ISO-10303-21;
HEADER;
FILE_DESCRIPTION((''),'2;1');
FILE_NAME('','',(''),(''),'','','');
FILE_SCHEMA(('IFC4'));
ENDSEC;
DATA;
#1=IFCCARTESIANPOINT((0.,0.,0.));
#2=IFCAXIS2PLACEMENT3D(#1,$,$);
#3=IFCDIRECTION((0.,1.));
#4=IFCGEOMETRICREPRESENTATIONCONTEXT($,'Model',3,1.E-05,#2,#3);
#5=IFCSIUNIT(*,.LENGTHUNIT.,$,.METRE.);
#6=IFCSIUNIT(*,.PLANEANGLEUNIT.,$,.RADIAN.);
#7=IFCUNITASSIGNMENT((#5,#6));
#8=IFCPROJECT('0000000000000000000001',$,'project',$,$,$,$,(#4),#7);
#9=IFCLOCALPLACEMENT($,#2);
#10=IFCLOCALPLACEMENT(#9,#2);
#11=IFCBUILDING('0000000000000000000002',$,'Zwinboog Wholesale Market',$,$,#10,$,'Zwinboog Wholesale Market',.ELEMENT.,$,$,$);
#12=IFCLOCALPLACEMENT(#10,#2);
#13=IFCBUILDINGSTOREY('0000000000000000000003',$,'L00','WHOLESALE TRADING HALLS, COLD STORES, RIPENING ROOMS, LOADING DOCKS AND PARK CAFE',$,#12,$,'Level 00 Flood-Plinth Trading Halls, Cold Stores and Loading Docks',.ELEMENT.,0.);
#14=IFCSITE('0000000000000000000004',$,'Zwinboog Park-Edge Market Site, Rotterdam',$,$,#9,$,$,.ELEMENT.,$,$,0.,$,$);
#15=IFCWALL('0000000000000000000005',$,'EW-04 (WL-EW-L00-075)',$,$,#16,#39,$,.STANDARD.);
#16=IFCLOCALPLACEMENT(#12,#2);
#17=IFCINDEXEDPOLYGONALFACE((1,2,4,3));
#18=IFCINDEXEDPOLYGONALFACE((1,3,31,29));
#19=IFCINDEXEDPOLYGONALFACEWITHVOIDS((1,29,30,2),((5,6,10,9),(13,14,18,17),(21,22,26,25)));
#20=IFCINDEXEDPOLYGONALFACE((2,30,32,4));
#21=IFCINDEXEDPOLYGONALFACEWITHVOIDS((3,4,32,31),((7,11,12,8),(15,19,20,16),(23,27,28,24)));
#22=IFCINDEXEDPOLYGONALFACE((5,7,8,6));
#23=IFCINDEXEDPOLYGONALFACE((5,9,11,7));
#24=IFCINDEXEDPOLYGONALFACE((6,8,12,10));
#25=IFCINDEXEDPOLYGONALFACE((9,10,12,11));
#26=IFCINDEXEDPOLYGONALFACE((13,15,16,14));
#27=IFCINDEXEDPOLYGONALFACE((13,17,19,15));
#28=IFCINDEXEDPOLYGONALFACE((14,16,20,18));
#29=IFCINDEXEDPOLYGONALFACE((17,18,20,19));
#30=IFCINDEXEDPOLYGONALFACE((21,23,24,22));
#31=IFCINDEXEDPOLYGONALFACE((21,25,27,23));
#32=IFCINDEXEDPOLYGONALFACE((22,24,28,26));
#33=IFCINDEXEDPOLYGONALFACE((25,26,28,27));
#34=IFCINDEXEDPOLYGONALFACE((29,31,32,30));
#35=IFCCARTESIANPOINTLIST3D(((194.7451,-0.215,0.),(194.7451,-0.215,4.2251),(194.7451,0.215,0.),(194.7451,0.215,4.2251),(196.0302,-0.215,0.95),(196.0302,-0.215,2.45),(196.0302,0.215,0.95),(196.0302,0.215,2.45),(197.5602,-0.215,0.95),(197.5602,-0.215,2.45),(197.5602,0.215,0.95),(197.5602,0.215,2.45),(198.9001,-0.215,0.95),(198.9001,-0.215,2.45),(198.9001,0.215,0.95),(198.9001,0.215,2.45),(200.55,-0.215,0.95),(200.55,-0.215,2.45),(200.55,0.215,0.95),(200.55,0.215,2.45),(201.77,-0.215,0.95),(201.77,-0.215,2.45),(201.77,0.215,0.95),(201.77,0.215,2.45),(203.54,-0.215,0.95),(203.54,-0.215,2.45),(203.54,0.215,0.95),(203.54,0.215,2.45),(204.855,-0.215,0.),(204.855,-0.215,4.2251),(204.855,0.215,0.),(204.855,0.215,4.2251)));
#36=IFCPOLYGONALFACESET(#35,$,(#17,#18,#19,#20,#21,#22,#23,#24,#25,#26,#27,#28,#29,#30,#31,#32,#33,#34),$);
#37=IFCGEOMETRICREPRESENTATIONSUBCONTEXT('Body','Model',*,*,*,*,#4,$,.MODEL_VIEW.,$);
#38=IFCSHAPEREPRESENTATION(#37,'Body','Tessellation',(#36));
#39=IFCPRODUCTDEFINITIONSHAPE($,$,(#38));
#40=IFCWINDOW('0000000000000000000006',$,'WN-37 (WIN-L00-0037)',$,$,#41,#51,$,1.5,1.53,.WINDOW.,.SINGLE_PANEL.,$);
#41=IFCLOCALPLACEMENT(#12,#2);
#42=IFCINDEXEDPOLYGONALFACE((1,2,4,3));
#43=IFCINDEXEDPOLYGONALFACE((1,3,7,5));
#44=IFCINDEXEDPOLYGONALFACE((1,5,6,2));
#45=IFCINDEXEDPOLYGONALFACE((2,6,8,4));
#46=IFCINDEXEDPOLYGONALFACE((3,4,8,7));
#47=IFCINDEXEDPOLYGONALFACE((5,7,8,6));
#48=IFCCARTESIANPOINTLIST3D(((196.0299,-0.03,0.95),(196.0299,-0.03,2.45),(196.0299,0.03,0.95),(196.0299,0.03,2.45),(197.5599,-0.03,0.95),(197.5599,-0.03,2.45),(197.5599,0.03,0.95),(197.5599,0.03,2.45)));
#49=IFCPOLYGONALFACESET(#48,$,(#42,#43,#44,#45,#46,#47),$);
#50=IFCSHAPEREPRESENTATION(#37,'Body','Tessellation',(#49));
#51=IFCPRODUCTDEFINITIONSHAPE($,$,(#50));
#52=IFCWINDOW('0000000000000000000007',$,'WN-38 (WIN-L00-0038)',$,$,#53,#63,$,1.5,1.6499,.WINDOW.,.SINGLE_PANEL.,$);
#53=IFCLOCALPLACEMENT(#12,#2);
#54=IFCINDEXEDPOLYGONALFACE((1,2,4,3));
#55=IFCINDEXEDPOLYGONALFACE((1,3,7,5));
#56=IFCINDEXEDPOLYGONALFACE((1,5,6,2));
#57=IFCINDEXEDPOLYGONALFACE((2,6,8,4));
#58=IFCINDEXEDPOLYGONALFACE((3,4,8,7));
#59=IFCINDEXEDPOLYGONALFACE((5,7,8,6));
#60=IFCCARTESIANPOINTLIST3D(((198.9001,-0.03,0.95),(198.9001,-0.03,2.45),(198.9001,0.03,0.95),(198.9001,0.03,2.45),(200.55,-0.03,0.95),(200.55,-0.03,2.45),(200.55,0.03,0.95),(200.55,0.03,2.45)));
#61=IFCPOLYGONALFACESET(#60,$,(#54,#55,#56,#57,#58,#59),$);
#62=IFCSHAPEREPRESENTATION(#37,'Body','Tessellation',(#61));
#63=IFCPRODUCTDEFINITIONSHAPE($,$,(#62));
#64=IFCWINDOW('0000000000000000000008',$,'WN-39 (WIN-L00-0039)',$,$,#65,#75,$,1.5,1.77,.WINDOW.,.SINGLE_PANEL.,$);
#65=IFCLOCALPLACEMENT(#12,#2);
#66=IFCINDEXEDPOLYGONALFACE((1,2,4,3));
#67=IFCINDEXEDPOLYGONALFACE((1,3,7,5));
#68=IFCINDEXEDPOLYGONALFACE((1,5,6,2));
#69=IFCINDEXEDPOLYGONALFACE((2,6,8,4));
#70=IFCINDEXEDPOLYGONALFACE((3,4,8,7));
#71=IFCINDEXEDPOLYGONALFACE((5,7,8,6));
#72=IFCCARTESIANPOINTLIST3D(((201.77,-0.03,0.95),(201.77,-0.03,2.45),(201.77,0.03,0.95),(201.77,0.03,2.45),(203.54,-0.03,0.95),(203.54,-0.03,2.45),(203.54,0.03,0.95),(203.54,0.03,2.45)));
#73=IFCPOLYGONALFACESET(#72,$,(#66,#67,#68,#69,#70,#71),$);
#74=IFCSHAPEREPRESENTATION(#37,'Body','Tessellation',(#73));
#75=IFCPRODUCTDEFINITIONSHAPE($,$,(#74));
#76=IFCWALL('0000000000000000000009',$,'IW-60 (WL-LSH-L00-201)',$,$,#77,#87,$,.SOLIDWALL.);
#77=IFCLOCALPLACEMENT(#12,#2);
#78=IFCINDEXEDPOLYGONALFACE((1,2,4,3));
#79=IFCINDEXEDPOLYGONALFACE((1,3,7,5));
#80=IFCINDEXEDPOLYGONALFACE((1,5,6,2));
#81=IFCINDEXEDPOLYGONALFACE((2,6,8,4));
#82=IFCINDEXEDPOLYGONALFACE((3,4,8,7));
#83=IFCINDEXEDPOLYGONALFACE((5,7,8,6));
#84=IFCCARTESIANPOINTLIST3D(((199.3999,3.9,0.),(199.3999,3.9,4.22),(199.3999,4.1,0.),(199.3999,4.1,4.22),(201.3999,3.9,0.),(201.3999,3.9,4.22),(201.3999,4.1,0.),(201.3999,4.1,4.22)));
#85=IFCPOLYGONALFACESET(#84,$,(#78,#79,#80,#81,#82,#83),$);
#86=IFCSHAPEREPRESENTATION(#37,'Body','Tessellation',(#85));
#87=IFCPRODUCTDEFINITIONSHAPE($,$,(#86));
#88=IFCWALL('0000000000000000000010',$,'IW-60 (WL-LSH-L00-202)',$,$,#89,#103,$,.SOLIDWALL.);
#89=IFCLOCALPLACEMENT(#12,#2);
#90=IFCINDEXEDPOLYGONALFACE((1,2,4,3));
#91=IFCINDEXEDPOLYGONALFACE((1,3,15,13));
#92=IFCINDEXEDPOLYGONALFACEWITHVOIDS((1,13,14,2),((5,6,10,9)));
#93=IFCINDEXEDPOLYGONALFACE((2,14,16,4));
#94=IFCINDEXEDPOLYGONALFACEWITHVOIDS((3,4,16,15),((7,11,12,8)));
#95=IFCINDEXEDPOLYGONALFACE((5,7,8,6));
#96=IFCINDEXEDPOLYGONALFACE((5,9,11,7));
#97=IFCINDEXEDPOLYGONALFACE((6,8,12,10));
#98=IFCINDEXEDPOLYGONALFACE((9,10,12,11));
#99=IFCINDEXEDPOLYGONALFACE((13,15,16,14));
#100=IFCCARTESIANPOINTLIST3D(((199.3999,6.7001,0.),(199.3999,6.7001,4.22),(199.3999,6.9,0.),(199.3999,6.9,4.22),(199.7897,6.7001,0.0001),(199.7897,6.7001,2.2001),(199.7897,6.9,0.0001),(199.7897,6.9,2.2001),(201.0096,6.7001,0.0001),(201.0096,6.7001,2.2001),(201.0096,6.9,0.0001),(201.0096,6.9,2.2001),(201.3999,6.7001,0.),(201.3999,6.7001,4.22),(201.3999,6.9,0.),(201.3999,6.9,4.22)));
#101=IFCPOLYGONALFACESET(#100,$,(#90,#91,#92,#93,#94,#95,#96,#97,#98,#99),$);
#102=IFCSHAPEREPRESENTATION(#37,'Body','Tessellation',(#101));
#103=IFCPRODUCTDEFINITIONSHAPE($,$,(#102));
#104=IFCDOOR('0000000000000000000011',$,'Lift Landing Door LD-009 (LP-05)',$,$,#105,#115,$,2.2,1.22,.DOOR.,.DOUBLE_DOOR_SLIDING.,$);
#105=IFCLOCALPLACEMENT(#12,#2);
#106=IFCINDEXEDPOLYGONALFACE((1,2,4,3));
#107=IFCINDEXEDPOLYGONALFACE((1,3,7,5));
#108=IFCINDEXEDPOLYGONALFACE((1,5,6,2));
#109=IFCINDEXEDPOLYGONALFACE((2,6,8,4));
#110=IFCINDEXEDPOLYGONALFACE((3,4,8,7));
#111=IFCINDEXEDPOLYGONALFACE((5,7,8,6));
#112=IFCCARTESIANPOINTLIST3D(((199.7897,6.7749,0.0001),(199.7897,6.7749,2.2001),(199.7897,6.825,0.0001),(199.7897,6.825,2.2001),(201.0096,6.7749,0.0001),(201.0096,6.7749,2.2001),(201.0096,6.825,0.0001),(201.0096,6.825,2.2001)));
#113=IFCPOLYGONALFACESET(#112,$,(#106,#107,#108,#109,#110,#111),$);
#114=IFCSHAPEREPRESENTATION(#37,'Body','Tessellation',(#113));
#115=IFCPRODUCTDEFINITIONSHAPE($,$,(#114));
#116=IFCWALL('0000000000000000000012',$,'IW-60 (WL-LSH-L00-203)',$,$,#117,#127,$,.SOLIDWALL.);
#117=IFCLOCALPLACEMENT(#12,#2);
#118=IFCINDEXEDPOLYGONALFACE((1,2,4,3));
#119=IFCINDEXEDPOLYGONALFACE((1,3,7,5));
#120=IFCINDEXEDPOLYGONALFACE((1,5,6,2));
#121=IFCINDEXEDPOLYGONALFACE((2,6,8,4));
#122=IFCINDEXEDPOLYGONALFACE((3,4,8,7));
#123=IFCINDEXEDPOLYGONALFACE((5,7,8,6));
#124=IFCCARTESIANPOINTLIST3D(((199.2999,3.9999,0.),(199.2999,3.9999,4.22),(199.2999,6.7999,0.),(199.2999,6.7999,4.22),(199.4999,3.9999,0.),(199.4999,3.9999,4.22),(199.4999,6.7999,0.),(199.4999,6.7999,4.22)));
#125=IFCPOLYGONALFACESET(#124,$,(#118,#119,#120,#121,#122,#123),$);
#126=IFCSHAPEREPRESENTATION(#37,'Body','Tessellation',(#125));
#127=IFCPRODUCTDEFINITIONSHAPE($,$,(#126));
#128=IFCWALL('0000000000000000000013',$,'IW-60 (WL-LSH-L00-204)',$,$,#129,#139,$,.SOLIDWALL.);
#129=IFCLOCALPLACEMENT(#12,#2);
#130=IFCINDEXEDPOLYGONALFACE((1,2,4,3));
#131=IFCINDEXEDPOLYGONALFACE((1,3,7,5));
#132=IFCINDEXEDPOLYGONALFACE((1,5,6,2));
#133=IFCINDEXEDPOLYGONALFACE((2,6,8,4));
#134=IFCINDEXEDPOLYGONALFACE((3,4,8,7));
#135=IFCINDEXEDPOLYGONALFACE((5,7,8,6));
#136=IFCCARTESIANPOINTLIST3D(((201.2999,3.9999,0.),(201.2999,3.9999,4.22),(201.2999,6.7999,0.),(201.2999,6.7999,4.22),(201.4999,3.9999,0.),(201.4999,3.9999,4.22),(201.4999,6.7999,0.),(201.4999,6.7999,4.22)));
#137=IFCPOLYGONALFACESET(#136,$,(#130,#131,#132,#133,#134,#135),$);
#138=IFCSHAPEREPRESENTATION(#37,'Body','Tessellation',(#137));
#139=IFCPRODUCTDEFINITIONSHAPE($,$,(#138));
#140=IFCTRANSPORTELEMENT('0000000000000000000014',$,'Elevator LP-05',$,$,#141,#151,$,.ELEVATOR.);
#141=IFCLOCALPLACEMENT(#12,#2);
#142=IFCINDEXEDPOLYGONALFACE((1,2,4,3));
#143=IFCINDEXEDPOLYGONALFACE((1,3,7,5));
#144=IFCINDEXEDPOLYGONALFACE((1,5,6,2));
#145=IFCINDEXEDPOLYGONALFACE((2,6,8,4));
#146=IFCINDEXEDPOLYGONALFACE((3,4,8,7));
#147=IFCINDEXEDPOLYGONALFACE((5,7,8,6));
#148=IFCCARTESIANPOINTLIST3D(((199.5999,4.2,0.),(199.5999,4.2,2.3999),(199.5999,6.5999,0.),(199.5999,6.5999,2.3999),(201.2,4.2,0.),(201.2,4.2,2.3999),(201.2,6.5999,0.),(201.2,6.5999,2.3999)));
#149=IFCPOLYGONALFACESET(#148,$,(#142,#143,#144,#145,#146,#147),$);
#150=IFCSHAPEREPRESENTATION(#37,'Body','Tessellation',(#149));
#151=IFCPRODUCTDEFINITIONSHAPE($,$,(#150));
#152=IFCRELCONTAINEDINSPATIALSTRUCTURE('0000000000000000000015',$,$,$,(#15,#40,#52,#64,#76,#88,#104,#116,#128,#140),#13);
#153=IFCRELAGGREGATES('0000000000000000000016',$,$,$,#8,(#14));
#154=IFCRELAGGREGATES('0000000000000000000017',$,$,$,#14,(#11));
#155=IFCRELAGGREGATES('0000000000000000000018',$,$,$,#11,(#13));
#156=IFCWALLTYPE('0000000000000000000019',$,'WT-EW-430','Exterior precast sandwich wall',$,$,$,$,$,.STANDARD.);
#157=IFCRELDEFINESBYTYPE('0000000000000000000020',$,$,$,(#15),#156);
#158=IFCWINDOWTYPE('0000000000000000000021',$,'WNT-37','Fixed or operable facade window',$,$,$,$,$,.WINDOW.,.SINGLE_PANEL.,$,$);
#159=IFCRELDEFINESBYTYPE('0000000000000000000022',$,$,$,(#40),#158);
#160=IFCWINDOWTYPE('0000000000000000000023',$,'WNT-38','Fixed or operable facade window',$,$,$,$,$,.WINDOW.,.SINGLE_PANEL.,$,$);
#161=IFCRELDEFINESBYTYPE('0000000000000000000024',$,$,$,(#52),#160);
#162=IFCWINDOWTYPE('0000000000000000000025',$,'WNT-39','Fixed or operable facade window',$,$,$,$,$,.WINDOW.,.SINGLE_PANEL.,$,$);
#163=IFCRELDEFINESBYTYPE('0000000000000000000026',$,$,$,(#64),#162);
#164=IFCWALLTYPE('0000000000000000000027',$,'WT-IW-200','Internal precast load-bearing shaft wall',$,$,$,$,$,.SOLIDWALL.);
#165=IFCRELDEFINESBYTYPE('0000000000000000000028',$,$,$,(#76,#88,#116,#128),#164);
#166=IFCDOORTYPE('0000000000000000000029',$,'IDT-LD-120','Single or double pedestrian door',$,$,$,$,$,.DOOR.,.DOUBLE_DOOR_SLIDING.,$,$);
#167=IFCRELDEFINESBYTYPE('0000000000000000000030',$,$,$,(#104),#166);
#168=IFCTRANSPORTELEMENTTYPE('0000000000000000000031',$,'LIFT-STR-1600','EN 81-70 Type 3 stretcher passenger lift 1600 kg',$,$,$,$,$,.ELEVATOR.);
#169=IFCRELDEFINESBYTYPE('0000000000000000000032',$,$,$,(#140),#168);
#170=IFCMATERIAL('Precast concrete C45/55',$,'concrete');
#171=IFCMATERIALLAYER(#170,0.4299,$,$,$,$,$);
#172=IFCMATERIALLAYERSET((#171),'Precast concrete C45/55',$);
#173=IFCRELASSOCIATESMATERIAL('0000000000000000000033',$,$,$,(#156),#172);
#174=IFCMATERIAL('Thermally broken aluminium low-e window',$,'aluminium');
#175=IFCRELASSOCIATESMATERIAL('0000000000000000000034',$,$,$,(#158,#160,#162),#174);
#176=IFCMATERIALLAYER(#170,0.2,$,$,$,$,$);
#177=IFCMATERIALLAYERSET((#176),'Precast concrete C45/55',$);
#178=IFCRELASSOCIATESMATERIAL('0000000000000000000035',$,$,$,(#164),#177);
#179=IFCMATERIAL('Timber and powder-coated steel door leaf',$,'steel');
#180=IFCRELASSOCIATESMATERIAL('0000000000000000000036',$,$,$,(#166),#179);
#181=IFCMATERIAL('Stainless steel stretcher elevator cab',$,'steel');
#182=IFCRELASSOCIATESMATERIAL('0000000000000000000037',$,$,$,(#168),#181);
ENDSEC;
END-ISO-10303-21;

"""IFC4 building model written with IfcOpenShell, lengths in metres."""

from ifc_helpers import new_model, si_unit, direction, frame, frame_2d, origin, origin_2d, place, context, subcontext, project, spatial, rectangle, extrude, material, layer, layer_set, type_object, element, fill, save


model = new_model("IFC4")

# Units and contexts
model_context = context("Model", 3, precision=1e-05, world=origin(), true_north=direction((0.0, 1.0)))
body_context = subcontext(model_context, "Body", "Model", "MODEL_VIEW")
ifc_project = project(units=[si_unit("LENGTHUNIT", "METRE"), si_unit("PLANEANGLEUNIT", "RADIAN")], contexts=[model_context])

# Site, building, storey
site_placement = place(None, origin())
site = spatial("IfcSite", under=ifc_project, at=site_placement, Name="Zwinboog Park-Edge Market Site, Rotterdam", CompositionType="ELEMENT", RefElevation=0.0)
building_placement = place(site_placement, origin())
building = spatial("IfcBuilding", under=site, at=building_placement, Name="Zwinboog Wholesale Market", LongName="Zwinboog Wholesale Market", CompositionType="ELEMENT")
storey_placement = place(building_placement, origin())
storey = spatial("IfcBuildingStorey", under=building, at=storey_placement, Name="L00", Description="WHOLESALE TRADING HALLS, COLD STORES, RIPENING ROOMS, LOADING DOCKS AND PARK CAFE", LongName="Level 00 Flood-Plinth Trading Halls, Cold Stores and Loading Docks", CompositionType="ELEMENT", Elevation=0.0)

# Shared definitions
ifc_material_1 = material(Name="Precast concrete C45/55", Category="concrete")

# Wall, openings, windows
ifc_layer_1 = layer(ifc_material_1, 0.4299)
ifc_layer_set_1 = layer_set([ifc_layer_1], Name="Precast concrete C45/55")
wall_type_1 = type_object("IfcWallType", Name="WT-EW-430", Description="Exterior precast sandwich wall", PredefinedType="STANDARD", material=ifc_layer_set_1)
wall_1_placement = place(storey_placement, frame((194.7451, 0.0, 0.0), z_axis=(0.0, 0.0, 1.0), x_axis=(1.0, 0.0, 0.0)))
wall_1 = element("IfcWall", 1, at=wall_1_placement, inside=storey, type_object=wall_type_1, Name="EW-04 (WL-EW-L00-075)", PredefinedType="STANDARD", context=body_context, shape_type="SweptSolid", body=[
    extrude(rectangle(XDim=10.1099, YDim=0.4299, at=frame_2d((5.0549, 0.0))), origin(), (0.0, 0.0, 1.0), 4.2251),
])
opening_1_placement = place(wall_1_placement, frame((1.2849, 0.0, 0.95)))
opening_1 = element("IfcOpeningElement", 2, at=opening_1_placement, cuts=wall_1, PredefinedType="OPENING", context=body_context, shape_type="SweptSolid", body=[
    extrude(rectangle(XDim=1.53, YDim=1.5, at=frame_2d((0.7651, 0.75))), frame((0.0, 0.2249, 0.0), z_axis=(0.0, -1.0, 0.0), x_axis=(1.0, 0.0, 0.0)), (0.0, 0.0, 1.0), 0.45),
])
opening_2_placement = place(wall_1_placement, frame((4.155, 0.0, 0.95)))
opening_2 = element("IfcOpeningElement", 3, at=opening_2_placement, cuts=wall_1, PredefinedType="OPENING", context=body_context, shape_type="SweptSolid", body=[
    extrude(rectangle(XDim=1.6499, YDim=1.5, at=frame_2d((0.825, 0.75))), frame((0.0, 0.2249, 0.0), z_axis=(0.0, -1.0, 0.0), x_axis=(1.0, 0.0, 0.0)), (0.0, 0.0, 1.0), 0.45),
])
opening_3_placement = place(wall_1_placement, frame((7.0249, 0.0, 0.95)))
opening_3 = element("IfcOpeningElement", 4, at=opening_3_placement, cuts=wall_1, PredefinedType="OPENING", context=body_context, shape_type="SweptSolid", body=[
    extrude(rectangle(XDim=1.77, YDim=1.5, at=frame_2d((0.885, 0.75))), frame((0.0, 0.2249, 0.0), z_axis=(0.0, -1.0, 0.0), x_axis=(1.0, 0.0, 0.0)), (0.0, 0.0, 1.0), 0.45),
])
ifc_material_2 = material(Name="Thermally broken aluminium low-e window", Category="aluminium")
window_type_1 = type_object("IfcWindowType", Name="WNT-37", Description="Fixed or operable facade window", PartitioningType="SINGLE_PANEL", PredefinedType="WINDOW", material=ifc_material_2)
window_1_placement = place(opening_1_placement, frame((1.53, 0.0, 0.0), z_axis=(0.0, 0.0, 1.0), x_axis=(-1.0, 0.0, 0.0)))
window_1 = element("IfcWindow", 5, at=window_1_placement, inside=storey, type_object=window_type_1, Name="WN-37 (WIN-L00-0037)", OverallHeight=1.5, OverallWidth=1.53, PartitioningType="SINGLE_PANEL", PredefinedType="WINDOW", context=body_context, shape_type="SweptSolid", body=[
    extrude(rectangle(XDim=1.53, YDim=1.5, at=frame_2d((0.7651, 0.75))), frame((0.0, 0.03, 0.0), z_axis=(0.0, -1.0, 0.0), x_axis=(1.0, 0.0, 0.0)), (0.0, 0.0, 1.0), 0.0601),
])
fill(opening_1, window_1)
window_type_2 = type_object("IfcWindowType", Name="WNT-38", Description="Fixed or operable facade window", PartitioningType="SINGLE_PANEL", PredefinedType="WINDOW", material=ifc_material_2)
window_2_placement = place(opening_2_placement, frame((1.6499, 0.0, 0.0), z_axis=(0.0, 0.0, 1.0), x_axis=(-1.0, 0.0, 0.0)))
window_2 = element("IfcWindow", 6, at=window_2_placement, inside=storey, type_object=window_type_2, Name="WN-38 (WIN-L00-0038)", OverallHeight=1.5, OverallWidth=1.6499, PartitioningType="SINGLE_PANEL", PredefinedType="WINDOW", context=body_context, shape_type="SweptSolid", body=[
    extrude(rectangle(XDim=1.6499, YDim=1.5, at=frame_2d((0.825, 0.75))), frame((0.0, 0.03, 0.0), z_axis=(0.0, -1.0, 0.0), x_axis=(1.0, 0.0, 0.0)), (0.0, 0.0, 1.0), 0.0601),
])
fill(opening_2, window_2)
window_type_3 = type_object("IfcWindowType", Name="WNT-39", Description="Fixed or operable facade window", PartitioningType="SINGLE_PANEL", PredefinedType="WINDOW", material=ifc_material_2)
window_3_placement = place(opening_3_placement, frame((1.77, 0.0, 0.0), z_axis=(0.0, 0.0, 1.0), x_axis=(-1.0, 0.0, 0.0)))
window_3 = element("IfcWindow", 7, at=window_3_placement, inside=storey, type_object=window_type_3, Name="WN-39 (WIN-L00-0039)", OverallHeight=1.5, OverallWidth=1.77, PartitioningType="SINGLE_PANEL", PredefinedType="WINDOW", context=body_context, shape_type="SweptSolid", body=[
    extrude(rectangle(XDim=1.77, YDim=1.5, at=frame_2d((0.885, 0.75))), frame((0.0, 0.03, 0.0), z_axis=(0.0, -1.0, 0.0), x_axis=(1.0, 0.0, 0.0)), (0.0, 0.0, 1.0), 0.0601),
])
fill(opening_3, window_3)

# Wall
ifc_layer_2 = layer(ifc_material_1, 0.2)
ifc_layer_set_2 = layer_set([ifc_layer_2], Name="Precast concrete C45/55")
wall_type_2 = type_object("IfcWallType", Name="WT-IW-200", Description="Internal precast load-bearing shaft wall", PredefinedType="SOLIDWALL", material=ifc_layer_set_2)
wall_2_placement = place(storey_placement, frame((199.3999, 4.0, 0.0), z_axis=(0.0, 0.0, 1.0), x_axis=(1.0, 0.0, 0.0)))
element("IfcWall", 8, at=wall_2_placement, inside=storey, type_object=wall_type_2, Name="IW-60 (WL-LSH-L00-201)", PredefinedType="SOLIDWALL", context=body_context, shape_type="SweptSolid", body=[
    extrude(rectangle(XDim=2.0, YDim=0.2, at=frame_2d((1.0, 0.0))), origin(), (0.0, 0.0, 1.0), 4.22),
])

# Wall, opening, door
wall_3_placement = place(storey_placement, frame((199.3999, 6.8, 0.0), z_axis=(0.0, 0.0, 1.0), x_axis=(1.0, 0.0, 0.0)))
wall_3 = element("IfcWall", 9, at=wall_3_placement, inside=storey, type_object=wall_type_2, Name="IW-60 (WL-LSH-L00-202)", PredefinedType="SOLIDWALL", context=body_context, shape_type="SweptSolid", body=[
    extrude(rectangle(XDim=2.0, YDim=0.2, at=frame_2d((1.0, 0.0))), origin(), (0.0, 0.0, 1.0), 4.22),
])
opening_4_placement = place(wall_3_placement, frame((0.3899, 0.0, 0.0)))
opening_4 = element("IfcOpeningElement", 10, at=opening_4_placement, cuts=wall_3, PredefinedType="OPENING", context=body_context, shape_type="SweptSolid", body=[
    extrude(rectangle(XDim=1.22, YDim=2.2, at=frame_2d((0.6099, 1.1001))), frame((0.0, 0.1099, 0.0), z_axis=(0.0, -1.0, 0.0), x_axis=(1.0, 0.0, 0.0)), (0.0, 0.0, 1.0), 0.22),
])
ifc_material_3 = material(Name="Timber and powder-coated steel door leaf", Category="steel")
door_type = type_object("IfcDoorType", Name="IDT-LD-120", Description="Single or double pedestrian door", OperationType="DOUBLE_DOOR_SLIDING", PredefinedType="DOOR", material=ifc_material_3)
door_placement = place(opening_4_placement, origin())
door = element("IfcDoor", 11, at=door_placement, inside=storey, type_object=door_type, Name="Lift Landing Door LD-009 (LP-05)", OperationType="DOUBLE_DOOR_SLIDING", OverallHeight=2.2, OverallWidth=1.22, PredefinedType="DOOR", context=body_context, shape_type="SweptSolid", body=[
    extrude(rectangle(XDim=1.22, YDim=2.2, at=frame_2d((0.6099, 1.1001))), frame((0.0, 0.0249, 0.0), z_axis=(0.0, -1.0, 0.0), x_axis=(1.0, 0.0, 0.0)), (0.0, 0.0, 1.0), 0.05),
])
fill(opening_4, door)

# Walls
for number, where, z_axis, x_axis, name in (
    (12, (199.3999, 4.0, 0.0), (0.0, 0.0, 1.0), (0.0, 1.0, 0.0), "IW-60 (WL-LSH-L00-203)"),
    (13, (201.3999, 4.0, 0.0), (0.0, 0.0, 1.0), (0.0, 1.0, 0.0), "IW-60 (WL-LSH-L00-204)"),
):
    element("IfcWall", number, at=place(storey_placement, frame(where, z_axis=z_axis, x_axis=x_axis)), inside=storey, type_object=wall_type_2, Name=name, PredefinedType="SOLIDWALL", context=body_context, shape_type="SweptSolid", body=[
        extrude(rectangle(XDim=2.8, YDim=0.2, at=frame_2d((1.3999, 0.0))), origin(), (0.0, 0.0, 1.0), 4.22),
    ])

# Transport element
ifc_material_4 = material(Name="Stainless steel stretcher elevator cab", Category="steel")
transport_element_type = type_object("IfcTransportElementType", Name="LIFT-STR-1600", Description="EN 81-70 Type 3 stretcher passenger lift 1600 kg", PredefinedType="ELEVATOR", material=ifc_material_4)
transport_element_placement = place(storey_placement, frame((200.3999, 5.3999, 0.0), z_axis=(0.0, 0.0, 1.0), x_axis=(1.0, 0.0, 0.0)))
element("IfcTransportElement", 14, at=transport_element_placement, inside=storey, type_object=transport_element_type, Name="Elevator LP-05", PredefinedType="ELEVATOR", context=body_context, shape_type="SweptSolid", body=[
    extrude(rectangle(XDim=1.6001, YDim=2.3999, at=origin_2d()), origin(), (0.0, 0.0, 1.0), 2.3999),
])

save(model, "model.ifc")
